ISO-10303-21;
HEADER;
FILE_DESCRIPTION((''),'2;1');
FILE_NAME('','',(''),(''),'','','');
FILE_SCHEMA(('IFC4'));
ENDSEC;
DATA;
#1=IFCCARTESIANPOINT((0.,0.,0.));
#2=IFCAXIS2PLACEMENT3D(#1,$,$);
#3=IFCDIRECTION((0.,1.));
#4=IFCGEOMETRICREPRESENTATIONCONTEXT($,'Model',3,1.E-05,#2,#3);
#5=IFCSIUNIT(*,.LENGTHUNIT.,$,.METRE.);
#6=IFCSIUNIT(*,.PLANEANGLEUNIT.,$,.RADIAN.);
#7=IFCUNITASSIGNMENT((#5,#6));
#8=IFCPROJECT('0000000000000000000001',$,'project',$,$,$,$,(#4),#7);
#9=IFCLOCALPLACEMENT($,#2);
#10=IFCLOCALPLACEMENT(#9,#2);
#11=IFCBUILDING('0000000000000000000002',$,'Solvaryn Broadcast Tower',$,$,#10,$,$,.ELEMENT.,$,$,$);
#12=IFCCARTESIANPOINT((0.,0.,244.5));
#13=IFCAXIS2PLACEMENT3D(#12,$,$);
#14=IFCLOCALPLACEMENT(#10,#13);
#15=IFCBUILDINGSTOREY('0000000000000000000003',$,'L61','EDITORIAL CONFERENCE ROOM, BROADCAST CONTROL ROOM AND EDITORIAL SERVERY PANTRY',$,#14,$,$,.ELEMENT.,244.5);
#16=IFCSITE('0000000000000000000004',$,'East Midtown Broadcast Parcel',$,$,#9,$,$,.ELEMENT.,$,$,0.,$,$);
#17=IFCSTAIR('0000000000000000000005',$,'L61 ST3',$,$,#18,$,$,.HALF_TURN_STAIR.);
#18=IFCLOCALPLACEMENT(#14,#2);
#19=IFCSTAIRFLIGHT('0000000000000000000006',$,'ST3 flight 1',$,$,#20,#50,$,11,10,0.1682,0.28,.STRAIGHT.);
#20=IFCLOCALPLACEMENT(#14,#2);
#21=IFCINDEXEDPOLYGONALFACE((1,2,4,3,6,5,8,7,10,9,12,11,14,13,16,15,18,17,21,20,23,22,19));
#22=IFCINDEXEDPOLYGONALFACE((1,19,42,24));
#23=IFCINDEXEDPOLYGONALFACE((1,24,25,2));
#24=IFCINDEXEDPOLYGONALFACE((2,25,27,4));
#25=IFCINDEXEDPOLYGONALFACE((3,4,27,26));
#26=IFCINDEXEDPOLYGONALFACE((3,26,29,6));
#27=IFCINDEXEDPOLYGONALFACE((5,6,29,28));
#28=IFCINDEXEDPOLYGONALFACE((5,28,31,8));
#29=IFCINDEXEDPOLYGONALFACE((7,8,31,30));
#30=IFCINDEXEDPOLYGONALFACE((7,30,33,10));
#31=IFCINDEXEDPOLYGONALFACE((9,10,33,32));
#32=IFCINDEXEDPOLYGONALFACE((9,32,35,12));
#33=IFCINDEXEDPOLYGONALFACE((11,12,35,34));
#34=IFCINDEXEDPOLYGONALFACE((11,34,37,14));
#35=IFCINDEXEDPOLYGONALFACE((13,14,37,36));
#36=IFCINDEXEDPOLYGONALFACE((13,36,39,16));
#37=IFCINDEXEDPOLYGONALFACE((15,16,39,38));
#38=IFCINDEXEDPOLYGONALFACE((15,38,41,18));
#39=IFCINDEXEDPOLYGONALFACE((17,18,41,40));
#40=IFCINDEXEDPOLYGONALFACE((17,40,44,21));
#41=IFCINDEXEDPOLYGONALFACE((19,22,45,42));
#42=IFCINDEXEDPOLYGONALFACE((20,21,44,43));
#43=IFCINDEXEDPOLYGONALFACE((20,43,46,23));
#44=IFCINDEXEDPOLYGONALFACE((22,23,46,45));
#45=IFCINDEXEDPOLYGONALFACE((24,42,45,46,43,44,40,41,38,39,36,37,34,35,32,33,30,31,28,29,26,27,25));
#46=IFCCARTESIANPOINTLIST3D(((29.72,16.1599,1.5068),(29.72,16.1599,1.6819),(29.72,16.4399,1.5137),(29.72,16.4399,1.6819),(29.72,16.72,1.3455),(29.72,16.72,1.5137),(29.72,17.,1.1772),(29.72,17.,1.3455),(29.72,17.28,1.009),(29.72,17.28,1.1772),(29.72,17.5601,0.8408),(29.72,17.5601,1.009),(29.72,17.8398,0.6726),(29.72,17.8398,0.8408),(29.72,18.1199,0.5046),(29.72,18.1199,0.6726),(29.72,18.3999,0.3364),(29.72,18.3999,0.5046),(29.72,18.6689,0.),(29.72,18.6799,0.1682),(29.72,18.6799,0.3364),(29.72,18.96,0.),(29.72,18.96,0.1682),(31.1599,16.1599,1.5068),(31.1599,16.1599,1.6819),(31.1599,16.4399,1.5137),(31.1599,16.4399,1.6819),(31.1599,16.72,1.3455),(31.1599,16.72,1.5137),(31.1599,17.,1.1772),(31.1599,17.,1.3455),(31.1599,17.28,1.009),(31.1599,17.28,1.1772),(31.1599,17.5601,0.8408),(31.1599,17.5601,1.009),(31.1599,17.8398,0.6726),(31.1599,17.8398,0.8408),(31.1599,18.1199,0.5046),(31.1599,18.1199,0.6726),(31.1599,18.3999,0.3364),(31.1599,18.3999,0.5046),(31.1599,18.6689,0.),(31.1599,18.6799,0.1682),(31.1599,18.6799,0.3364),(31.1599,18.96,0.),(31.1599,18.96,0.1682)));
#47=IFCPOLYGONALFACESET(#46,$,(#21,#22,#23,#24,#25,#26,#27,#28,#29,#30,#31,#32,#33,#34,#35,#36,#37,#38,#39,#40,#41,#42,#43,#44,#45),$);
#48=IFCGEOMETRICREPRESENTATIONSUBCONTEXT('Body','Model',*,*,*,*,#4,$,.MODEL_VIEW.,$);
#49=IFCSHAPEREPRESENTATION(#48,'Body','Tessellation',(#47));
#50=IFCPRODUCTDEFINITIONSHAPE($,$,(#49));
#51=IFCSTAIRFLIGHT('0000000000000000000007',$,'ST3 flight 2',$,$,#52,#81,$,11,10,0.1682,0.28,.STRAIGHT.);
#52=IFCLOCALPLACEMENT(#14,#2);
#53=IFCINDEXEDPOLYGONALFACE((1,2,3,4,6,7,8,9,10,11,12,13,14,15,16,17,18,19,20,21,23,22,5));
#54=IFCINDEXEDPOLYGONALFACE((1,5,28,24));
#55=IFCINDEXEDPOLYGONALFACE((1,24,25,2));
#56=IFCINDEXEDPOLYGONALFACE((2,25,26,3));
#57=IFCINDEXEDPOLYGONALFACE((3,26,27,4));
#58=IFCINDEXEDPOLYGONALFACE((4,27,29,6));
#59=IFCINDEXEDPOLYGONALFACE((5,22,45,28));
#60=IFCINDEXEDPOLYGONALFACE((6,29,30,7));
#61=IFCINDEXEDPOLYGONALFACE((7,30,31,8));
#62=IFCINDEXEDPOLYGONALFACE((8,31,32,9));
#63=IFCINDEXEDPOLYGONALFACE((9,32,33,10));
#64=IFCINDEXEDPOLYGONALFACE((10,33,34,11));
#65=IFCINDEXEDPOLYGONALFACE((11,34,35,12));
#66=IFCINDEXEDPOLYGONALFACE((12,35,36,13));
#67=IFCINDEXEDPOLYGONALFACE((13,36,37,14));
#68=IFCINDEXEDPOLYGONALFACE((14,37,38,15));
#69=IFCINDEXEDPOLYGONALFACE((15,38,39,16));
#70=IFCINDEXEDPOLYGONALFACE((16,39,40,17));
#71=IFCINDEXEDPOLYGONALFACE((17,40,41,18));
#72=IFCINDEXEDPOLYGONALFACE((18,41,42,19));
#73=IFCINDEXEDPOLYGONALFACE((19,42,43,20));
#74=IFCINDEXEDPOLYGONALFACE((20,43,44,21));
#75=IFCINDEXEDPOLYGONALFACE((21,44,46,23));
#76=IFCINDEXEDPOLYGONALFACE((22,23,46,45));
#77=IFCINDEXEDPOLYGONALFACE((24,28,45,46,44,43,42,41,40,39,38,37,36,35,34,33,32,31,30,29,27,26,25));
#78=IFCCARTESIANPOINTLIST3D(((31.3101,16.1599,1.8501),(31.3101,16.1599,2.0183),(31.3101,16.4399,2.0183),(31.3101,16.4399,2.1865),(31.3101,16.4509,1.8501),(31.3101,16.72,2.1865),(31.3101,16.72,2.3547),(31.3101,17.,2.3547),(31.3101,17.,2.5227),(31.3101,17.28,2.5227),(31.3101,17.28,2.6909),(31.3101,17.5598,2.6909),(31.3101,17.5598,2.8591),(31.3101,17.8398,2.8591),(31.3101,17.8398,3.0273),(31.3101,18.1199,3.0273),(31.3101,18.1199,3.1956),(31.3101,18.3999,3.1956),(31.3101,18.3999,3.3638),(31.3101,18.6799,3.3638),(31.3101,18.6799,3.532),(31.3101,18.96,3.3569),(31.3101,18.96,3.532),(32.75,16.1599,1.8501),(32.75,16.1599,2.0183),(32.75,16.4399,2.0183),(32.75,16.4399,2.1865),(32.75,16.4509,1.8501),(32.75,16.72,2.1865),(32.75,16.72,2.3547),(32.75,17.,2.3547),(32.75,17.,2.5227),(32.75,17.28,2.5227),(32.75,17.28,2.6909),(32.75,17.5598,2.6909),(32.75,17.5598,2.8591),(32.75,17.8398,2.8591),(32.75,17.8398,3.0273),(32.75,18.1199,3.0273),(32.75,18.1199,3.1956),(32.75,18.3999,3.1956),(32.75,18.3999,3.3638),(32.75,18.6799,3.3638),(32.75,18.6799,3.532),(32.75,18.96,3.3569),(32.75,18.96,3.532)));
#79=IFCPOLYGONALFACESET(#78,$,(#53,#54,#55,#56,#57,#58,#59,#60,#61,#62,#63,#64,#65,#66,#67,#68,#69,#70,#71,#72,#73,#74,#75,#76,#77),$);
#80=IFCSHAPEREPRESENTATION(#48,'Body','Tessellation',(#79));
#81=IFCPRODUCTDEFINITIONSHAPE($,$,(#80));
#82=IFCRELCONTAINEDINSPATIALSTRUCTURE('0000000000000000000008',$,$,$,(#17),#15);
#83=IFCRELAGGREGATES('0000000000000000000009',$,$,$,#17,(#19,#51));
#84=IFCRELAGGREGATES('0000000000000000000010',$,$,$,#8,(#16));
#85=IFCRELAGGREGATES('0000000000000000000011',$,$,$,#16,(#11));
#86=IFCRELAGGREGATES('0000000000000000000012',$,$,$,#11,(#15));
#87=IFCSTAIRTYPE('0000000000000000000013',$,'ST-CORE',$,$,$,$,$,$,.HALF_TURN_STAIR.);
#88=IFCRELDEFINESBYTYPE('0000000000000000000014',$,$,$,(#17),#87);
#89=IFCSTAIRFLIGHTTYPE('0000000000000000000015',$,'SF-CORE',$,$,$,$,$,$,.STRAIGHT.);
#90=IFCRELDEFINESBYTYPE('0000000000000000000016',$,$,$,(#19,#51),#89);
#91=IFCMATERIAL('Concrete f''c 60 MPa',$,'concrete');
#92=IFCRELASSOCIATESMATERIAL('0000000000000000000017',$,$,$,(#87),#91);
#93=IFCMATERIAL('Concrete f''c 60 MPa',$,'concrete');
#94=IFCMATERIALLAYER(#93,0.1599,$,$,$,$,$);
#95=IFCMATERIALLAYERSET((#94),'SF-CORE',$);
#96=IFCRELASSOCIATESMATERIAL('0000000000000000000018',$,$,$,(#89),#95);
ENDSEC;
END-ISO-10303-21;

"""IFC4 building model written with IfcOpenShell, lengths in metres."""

from ifc_helpers import new_model, si_unit, direction, frame, origin, place, context, subcontext, project, spatial, polyline, outline, extrude, material, layer, layer_set, type_object, element, aggregate, save


model = new_model("IFC4")

# Units and contexts
model_context = context("Model", 3, precision=1e-05, world=origin(), true_north=direction((0.0, 1.0)))
body_context = subcontext(model_context, "Body", "Model", "MODEL_VIEW")
ifc_project = project(units=[si_unit("LENGTHUNIT", "METRE"), si_unit("PLANEANGLEUNIT", "RADIAN")], contexts=[model_context])

# Site, building, storey
site_placement = place(None, origin())
site = spatial("IfcSite", under=ifc_project, at=site_placement, Name="East Midtown Broadcast Parcel", CompositionType="ELEMENT", RefElevation=0.0)
building_placement = place(site_placement, origin())
building = spatial("IfcBuilding", under=site, at=building_placement, Name="Solvaryn Broadcast Tower", CompositionType="ELEMENT")
storey_placement = place(building_placement, frame((0.0, 0.0, 244.5)))
storey = spatial("IfcBuildingStorey", under=building, at=storey_placement, Name="L61", Description="EDITORIAL CONFERENCE ROOM, BROADCAST CONTROL ROOM AND EDITORIAL SERVERY PANTRY", CompositionType="ELEMENT", Elevation=244.5)

# Stair, stair flights
ifc_material_1 = material(Name="Concrete f'c 60 MPa", Category="concrete")
stair_type = type_object("IfcStairType", Name="ST-CORE", PredefinedType="HALF_TURN_STAIR", material=ifc_material_1)
stair_placement = place(storey_placement, origin())
stair = element("IfcStair", 1, at=stair_placement, inside=storey, type_object=stair_type, Name="L61 ST3", PredefinedType="HALF_TURN_STAIR")
ifc_material_2 = material(Name="Concrete f'c 60 MPa", Category="concrete")
ifc_layer_1 = layer(ifc_material_2, 0.1599)
ifc_layer_set_1 = layer_set([ifc_layer_1], Name="SF-CORE")
stair_flight_type = type_object("IfcStairFlightType", Name="SF-CORE", PredefinedType="STRAIGHT", material=ifc_layer_set_1)
stair_flight_1_placement = place(storey_placement, frame((30.4399, 18.96, 0.0), z_axis=(0.0, 0.0, 1.0), x_axis=(0.0, -1.0, 0.0)))
stair_flight_1 = element("IfcStairFlight", 2, at=stair_flight_1_placement, type_object=stair_flight_type, Name="ST3 flight 1", NumberOfRisers=11, NumberOfTreads=10, PredefinedType="STRAIGHT", RiserHeight=0.1682, TreadLength=0.28, context=body_context, shape_type="SweptSolid", body=[
    extrude(outline(polyline([(0.0, 0.0), (0.0, 0.1682), (0.28, 0.1682), (0.28, 0.3364), (0.5601, 0.3364), (0.5601, 0.5046), (0.8401, 0.5046), (0.8401, 0.6726), (1.1201, 0.6726), (1.1201, 0.8408), (1.3999, 0.8408), (1.3999, 1.009), (1.6799, 1.009), (1.6799, 1.1772), (1.96, 1.1772), (1.96, 1.3455), (2.24, 1.3455), (2.24, 1.5137), (2.52, 1.5137), (2.52, 1.6819), (2.8, 1.6819), (2.8, 1.8501), (2.8, 1.5068), (0.291, 0.0), (0.0, 0.0)])), frame((0.0, 0.72, 0.0), z_axis=(0.0, -1.0, 0.0), x_axis=(1.0, 0.0, 0.0)), (0.0, 0.0, 1.0), 1.4399),
])
stair_flight_2_placement = place(storey_placement, frame((32.03, 16.1599, 1.8501), z_axis=(0.0, 0.0, 1.0), x_axis=(0.0, 1.0, 0.0)))
stair_flight_2 = element("IfcStairFlight", 3, at=stair_flight_2_placement, type_object=stair_flight_type, Name="ST3 flight 2", NumberOfRisers=11, NumberOfTreads=10, PredefinedType="STRAIGHT", RiserHeight=0.1682, TreadLength=0.28, context=body_context, shape_type="SweptSolid", body=[
    extrude(outline(polyline([(0.0, 0.0), (0.0, 0.1682), (0.28, 0.1682), (0.28, 0.3364), (0.5601, 0.3364), (0.5601, 0.5046), (0.8401, 0.5046), (0.8401, 0.6726), (1.1201, 0.6726), (1.1201, 0.8408), (1.3999, 0.8408), (1.3999, 1.009), (1.6799, 1.009), (1.6799, 1.1772), (1.96, 1.1772), (1.96, 1.3455), (2.24, 1.3455), (2.24, 1.5137), (2.52, 1.5137), (2.52, 1.6819), (2.8, 1.6819), (2.8, 1.8501), (2.8, 1.5068), (0.291, 0.0), (0.0, 0.0)])), frame((0.0, 0.72, 0.0), z_axis=(0.0, -1.0, 0.0), x_axis=(1.0, 0.0, 0.0)), (0.0, 0.0, 1.0), 1.4399),
])
aggregate(stair, [stair_flight_1, stair_flight_2])

save(model, "model.ifc")
